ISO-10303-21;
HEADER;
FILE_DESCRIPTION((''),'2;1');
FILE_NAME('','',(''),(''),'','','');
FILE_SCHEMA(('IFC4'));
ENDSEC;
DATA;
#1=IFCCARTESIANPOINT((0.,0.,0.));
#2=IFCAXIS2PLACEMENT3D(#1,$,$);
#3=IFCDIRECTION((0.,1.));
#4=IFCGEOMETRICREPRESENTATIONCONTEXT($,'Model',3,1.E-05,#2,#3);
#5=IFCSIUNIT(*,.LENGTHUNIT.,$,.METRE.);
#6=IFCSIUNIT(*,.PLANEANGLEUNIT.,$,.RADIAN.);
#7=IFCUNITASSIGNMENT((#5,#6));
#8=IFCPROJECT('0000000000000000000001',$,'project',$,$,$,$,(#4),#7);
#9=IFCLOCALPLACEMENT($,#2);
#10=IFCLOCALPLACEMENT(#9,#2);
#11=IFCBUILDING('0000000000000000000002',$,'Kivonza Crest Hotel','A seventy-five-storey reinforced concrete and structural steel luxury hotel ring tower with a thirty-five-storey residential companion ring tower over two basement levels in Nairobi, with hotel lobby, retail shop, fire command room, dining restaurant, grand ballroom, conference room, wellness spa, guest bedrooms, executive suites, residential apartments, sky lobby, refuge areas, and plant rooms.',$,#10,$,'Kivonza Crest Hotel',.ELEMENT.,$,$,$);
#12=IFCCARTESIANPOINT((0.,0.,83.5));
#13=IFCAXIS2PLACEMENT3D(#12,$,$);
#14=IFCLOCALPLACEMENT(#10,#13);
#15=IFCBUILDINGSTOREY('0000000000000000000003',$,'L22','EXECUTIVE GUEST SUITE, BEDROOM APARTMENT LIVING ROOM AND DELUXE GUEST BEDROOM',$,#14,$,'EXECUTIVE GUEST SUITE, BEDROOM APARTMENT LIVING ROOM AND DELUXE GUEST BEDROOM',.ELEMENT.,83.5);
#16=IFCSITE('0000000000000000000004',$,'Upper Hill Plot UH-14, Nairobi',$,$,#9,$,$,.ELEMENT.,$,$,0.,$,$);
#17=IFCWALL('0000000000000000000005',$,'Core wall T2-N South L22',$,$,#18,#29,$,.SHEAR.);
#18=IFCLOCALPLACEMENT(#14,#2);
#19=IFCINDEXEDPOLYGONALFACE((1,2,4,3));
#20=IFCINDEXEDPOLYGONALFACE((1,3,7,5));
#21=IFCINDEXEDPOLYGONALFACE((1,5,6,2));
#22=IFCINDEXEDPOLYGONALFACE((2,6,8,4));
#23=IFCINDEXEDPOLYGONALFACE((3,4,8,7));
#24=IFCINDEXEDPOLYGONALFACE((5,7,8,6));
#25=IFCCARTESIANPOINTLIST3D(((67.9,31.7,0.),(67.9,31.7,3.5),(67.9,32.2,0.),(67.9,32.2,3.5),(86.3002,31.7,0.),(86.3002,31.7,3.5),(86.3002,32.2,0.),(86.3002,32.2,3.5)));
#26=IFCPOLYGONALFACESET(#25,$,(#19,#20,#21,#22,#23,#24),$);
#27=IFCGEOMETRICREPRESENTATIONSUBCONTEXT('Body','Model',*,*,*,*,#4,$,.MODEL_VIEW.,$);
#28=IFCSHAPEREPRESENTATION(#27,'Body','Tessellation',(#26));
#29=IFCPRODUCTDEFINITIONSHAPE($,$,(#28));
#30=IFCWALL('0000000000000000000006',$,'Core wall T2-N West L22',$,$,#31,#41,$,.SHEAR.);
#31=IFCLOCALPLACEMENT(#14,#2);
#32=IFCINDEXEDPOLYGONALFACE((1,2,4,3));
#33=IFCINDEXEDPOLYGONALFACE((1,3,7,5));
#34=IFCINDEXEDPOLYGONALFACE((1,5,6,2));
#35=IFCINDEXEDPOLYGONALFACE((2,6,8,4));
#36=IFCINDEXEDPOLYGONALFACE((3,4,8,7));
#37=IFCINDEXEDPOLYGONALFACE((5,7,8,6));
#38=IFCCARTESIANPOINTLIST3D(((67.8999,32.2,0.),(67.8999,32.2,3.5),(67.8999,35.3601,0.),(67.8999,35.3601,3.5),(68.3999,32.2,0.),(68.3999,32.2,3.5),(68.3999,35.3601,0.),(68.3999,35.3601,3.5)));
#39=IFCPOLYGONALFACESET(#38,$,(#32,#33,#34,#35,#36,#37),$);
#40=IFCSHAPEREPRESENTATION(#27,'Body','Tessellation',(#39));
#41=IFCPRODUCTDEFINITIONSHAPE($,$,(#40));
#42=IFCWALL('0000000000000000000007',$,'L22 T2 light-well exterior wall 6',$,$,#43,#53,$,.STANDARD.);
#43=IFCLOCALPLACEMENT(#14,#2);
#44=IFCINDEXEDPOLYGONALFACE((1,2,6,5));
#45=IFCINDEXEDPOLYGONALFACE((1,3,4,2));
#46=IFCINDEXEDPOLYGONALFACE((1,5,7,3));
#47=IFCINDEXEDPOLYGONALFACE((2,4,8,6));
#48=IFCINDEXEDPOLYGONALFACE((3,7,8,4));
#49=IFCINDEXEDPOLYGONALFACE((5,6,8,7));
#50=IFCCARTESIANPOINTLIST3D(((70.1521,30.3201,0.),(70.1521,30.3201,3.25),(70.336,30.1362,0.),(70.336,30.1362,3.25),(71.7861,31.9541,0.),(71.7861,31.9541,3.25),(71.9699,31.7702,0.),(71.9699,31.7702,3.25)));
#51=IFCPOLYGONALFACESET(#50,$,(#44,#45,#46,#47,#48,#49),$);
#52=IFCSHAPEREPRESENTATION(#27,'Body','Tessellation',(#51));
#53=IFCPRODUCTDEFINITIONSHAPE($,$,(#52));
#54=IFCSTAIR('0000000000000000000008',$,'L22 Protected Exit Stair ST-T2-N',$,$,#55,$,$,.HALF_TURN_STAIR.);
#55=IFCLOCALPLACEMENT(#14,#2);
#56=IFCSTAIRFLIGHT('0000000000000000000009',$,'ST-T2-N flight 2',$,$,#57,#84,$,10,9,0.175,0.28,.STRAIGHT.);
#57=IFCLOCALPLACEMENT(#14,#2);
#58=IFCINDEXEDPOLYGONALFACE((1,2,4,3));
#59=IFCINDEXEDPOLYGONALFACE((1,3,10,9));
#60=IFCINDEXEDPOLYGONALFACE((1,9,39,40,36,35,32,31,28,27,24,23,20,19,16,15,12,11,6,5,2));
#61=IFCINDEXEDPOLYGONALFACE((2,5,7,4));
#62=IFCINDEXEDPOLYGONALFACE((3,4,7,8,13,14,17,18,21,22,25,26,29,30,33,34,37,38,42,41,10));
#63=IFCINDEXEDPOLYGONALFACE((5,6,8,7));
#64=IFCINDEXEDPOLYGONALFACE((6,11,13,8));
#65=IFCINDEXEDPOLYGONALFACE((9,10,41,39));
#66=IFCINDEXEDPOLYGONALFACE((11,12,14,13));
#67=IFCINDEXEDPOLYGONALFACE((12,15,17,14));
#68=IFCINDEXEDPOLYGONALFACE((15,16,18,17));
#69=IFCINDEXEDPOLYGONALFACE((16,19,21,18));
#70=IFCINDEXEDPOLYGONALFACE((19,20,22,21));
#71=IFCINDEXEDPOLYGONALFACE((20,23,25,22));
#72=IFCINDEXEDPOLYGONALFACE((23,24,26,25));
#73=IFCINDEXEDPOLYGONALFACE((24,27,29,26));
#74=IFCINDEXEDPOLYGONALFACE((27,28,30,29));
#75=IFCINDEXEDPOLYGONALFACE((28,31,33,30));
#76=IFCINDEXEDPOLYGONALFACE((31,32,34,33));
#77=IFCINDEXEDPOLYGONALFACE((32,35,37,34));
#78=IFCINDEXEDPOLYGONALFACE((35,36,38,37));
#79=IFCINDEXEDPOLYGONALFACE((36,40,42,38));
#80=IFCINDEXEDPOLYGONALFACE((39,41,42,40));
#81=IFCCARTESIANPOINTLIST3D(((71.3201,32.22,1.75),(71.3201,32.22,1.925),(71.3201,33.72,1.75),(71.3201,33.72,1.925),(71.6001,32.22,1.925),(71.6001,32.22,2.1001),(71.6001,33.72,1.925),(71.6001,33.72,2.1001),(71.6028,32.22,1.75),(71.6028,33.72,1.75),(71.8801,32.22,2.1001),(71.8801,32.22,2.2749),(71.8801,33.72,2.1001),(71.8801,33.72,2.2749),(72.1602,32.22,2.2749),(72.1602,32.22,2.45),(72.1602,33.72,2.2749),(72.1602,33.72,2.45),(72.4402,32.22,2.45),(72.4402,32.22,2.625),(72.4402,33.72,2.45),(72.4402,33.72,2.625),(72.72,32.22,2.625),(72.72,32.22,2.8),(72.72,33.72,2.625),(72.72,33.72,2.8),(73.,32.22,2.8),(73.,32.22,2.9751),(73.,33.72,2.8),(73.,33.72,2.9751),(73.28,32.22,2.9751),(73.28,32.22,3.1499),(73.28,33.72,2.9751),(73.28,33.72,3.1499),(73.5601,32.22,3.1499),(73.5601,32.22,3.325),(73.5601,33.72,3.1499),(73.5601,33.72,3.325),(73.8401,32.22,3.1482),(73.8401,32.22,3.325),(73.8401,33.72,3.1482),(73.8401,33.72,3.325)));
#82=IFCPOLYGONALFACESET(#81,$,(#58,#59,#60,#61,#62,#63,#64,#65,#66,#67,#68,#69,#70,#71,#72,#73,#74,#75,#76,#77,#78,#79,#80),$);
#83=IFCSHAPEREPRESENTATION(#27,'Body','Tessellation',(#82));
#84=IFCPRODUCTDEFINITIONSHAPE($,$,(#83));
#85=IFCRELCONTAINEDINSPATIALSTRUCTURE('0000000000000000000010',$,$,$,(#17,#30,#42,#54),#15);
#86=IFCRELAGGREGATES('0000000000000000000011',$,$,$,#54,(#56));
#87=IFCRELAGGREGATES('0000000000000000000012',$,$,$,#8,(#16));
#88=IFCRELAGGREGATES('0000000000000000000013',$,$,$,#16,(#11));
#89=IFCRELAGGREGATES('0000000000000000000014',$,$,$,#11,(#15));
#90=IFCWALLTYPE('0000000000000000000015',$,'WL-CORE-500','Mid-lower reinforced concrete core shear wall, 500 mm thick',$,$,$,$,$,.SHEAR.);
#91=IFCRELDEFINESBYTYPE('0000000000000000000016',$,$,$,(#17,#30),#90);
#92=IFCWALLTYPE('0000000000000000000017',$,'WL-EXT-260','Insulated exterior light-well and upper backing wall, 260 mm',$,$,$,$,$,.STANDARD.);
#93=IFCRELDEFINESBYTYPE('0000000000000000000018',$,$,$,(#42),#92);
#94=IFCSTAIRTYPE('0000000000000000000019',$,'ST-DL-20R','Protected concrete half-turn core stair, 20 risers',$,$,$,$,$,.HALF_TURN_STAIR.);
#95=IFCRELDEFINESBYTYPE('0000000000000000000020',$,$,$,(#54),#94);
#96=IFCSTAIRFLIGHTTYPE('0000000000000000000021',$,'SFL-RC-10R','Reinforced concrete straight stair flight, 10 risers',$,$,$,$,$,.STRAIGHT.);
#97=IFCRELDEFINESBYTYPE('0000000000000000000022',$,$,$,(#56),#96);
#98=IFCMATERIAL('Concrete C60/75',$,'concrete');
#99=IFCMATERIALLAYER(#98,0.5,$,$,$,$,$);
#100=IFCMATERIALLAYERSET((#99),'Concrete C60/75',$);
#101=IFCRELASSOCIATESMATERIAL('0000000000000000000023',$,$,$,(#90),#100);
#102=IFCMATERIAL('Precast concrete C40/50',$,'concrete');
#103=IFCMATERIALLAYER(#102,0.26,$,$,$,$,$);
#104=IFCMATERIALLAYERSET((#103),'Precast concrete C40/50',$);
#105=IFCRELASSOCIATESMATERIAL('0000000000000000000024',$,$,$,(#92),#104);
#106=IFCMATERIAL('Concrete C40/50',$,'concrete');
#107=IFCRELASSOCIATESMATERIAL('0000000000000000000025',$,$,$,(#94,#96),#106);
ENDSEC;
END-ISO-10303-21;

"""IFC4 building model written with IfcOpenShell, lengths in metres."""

from ifc_helpers import new_model, si_unit, direction, frame, frame_2d, origin, place, context, subcontext, project, spatial, polyline, rectangle, outline, extrude, material, layer, layer_set, type_object, element, aggregate, save


model = new_model("IFC4")

# Units and contexts
model_context = context("Model", 3, precision=1e-05, world=origin(), true_north=direction((0.0, 1.0)))
body_context = subcontext(model_context, "Body", "Model", "MODEL_VIEW")
ifc_project = project(units=[si_unit("LENGTHUNIT", "METRE"), si_unit("PLANEANGLEUNIT", "RADIAN")], contexts=[model_context])

# Site, building, storey
site_placement = place(None, origin())
site = spatial("IfcSite", under=ifc_project, at=site_placement, Name="Upper Hill Plot UH-14, Nairobi", CompositionType="ELEMENT", RefElevation=0.0)
building_placement = place(site_placement, origin())
building = spatial("IfcBuilding", under=site, at=building_placement, Name="Kivonza Crest Hotel", Description="A seventy-five-storey reinforced concrete and structural steel luxury hotel ring tower with a thirty-five-storey residential companion ring tower over two basement levels in Nairobi, with hotel lobby, retail shop, fire command room, dining restaurant, grand ballroom, conference room, wellness spa, guest bedrooms, executive suites, residential apartments, sky lobby, refuge areas, and plant rooms.", LongName="Kivonza Crest Hotel", CompositionType="ELEMENT")
storey_placement = place(building_placement, frame((0.0, 0.0, 83.5)))
storey = spatial("IfcBuildingStorey", under=building, at=storey_placement, Name="L22", Description="EXECUTIVE GUEST SUITE, BEDROOM APARTMENT LIVING ROOM AND DELUXE GUEST BEDROOM", LongName="EXECUTIVE GUEST SUITE, BEDROOM APARTMENT LIVING ROOM AND DELUXE GUEST BEDROOM", CompositionType="ELEMENT", Elevation=83.5)

# Walls
ifc_material_1 = material(Name="Concrete C60/75", Category="concrete")
ifc_layer_1 = layer(ifc_material_1, 0.5)
ifc_layer_set_1 = layer_set([ifc_layer_1], Name="Concrete C60/75")
wall_type_1 = type_object("IfcWallType", Name="WL-CORE-500", Description="Mid-lower reinforced concrete core shear wall, 500 mm thick", PredefinedType="SHEAR", material=ifc_layer_set_1)
wall_1_placement = place(storey_placement, frame((67.8999, 31.95, 0.0), z_axis=(0.0, 0.0, 1.0), x_axis=(1.0, 0.0, 0.0)))
element("IfcWall", 1, at=wall_1_placement, inside=storey, type_object=wall_type_1, Name="Core wall T2-N South L22", PredefinedType="SHEAR", context=body_context, shape_type="SweptSolid", body=[
    extrude(rectangle(XDim=18.4001, YDim=0.5, at=frame_2d((9.2002, 0.0))), origin(), (0.0, 0.0, 1.0), 3.5),
])
wall_2_placement = place(storey_placement, frame((68.1499, 32.2, 0.0), z_axis=(0.0, 0.0, 1.0), x_axis=(0.0, 1.0, 0.0)))
element("IfcWall", 2, at=wall_2_placement, inside=storey, type_object=wall_type_1, Name="Core wall T2-N West L22", PredefinedType="SHEAR", context=body_context, shape_type="SweptSolid", body=[
    extrude(rectangle(XDim=3.1602, YDim=0.5, at=frame_2d((1.5801, 0.0))), origin(), (0.0, 0.0, 1.0), 3.5),
])
ifc_material_2 = material(Name="Precast concrete C40/50", Category="concrete")
ifc_layer_2 = layer(ifc_material_2, 0.26)
ifc_layer_set_2 = layer_set([ifc_layer_2], Name="Precast concrete C40/50")
wall_type_2 = type_object("IfcWallType", Name="WL-EXT-260", Description="Insulated exterior light-well and upper backing wall, 260 mm", PredefinedType="STANDARD", material=ifc_layer_set_2)
wall_3_placement = place(storey_placement, frame((71.8779, 31.8621, 0.0), z_axis=(0.0, 0.0, 1.0), x_axis=(-0.707107, -0.707107, 0.0)))
element("IfcWall", 3, at=wall_3_placement, inside=storey, type_object=wall_type_2, Name="L22 T2 light-well exterior wall 6", PredefinedType="STANDARD", context=body_context, shape_type="SweptSolid", body=[
    extrude(rectangle(XDim=2.3108, YDim=0.26, at=frame_2d((1.1553, 0.0))), origin(), (0.0, 0.0, 1.0), 3.25),
])

# Stair, stair flight
ifc_material_3 = material(Name="Concrete C40/50", Category="concrete")
stair_type = type_object("IfcStairType", Name="ST-DL-20R", Description="Protected concrete half-turn core stair, 20 risers", PredefinedType="HALF_TURN_STAIR", material=ifc_material_3)
stair_placement = place(storey_placement, origin())
stair = element("IfcStair", 4, at=stair_placement, inside=storey, type_object=stair_type, Name="L22 Protected Exit Stair ST-T2-N", PredefinedType="HALF_TURN_STAIR")
stair_flight_type = type_object("IfcStairFlightType", Name="SFL-RC-10R", Description="Reinforced concrete straight stair flight, 10 risers", PredefinedType="STRAIGHT", material=ifc_material_3)
stair_flight_placement = place(storey_placement, frame((71.3201, 32.97, 1.75), z_axis=(0.0, 0.0, 1.0), x_axis=(1.0, 0.0, 0.0)))
stair_flight = element("IfcStairFlight", 5, at=stair_flight_placement, type_object=stair_flight_type, Name="ST-T2-N flight 2", NumberOfRisers=10, NumberOfTreads=9, PredefinedType="STRAIGHT", RiserHeight=0.175, TreadLength=0.28, context=body_context, shape_type="SweptSolid", body=[
    extrude(outline(polyline([(0.0, 0.0), (0.0, 0.175), (0.28, 0.175), (0.28, 0.3501), (0.5601, 0.3501), (0.5601, 0.5249), (0.8401, 0.5249), (0.8401, 0.7), (1.1201, 0.7), (1.1201, 0.875), (1.3999, 0.875), (1.3999, 1.05), (1.6799, 1.05), (1.6799, 1.2251), (1.96, 1.2251), (1.96, 1.3999), (2.24, 1.3999), (2.24, 1.575), (2.52, 1.575), (2.52, 1.75), (2.52, 1.3982), (0.2827, 0.0), (0.0, 0.0)])), frame((0.0, 0.75, 0.0), z_axis=(0.0, -1.0, 0.0), x_axis=(1.0, 0.0, 0.0)), (0.0, 0.0, 1.0), 1.5),
])
aggregate(stair, [stair_flight])

save(model, "model.ifc")
